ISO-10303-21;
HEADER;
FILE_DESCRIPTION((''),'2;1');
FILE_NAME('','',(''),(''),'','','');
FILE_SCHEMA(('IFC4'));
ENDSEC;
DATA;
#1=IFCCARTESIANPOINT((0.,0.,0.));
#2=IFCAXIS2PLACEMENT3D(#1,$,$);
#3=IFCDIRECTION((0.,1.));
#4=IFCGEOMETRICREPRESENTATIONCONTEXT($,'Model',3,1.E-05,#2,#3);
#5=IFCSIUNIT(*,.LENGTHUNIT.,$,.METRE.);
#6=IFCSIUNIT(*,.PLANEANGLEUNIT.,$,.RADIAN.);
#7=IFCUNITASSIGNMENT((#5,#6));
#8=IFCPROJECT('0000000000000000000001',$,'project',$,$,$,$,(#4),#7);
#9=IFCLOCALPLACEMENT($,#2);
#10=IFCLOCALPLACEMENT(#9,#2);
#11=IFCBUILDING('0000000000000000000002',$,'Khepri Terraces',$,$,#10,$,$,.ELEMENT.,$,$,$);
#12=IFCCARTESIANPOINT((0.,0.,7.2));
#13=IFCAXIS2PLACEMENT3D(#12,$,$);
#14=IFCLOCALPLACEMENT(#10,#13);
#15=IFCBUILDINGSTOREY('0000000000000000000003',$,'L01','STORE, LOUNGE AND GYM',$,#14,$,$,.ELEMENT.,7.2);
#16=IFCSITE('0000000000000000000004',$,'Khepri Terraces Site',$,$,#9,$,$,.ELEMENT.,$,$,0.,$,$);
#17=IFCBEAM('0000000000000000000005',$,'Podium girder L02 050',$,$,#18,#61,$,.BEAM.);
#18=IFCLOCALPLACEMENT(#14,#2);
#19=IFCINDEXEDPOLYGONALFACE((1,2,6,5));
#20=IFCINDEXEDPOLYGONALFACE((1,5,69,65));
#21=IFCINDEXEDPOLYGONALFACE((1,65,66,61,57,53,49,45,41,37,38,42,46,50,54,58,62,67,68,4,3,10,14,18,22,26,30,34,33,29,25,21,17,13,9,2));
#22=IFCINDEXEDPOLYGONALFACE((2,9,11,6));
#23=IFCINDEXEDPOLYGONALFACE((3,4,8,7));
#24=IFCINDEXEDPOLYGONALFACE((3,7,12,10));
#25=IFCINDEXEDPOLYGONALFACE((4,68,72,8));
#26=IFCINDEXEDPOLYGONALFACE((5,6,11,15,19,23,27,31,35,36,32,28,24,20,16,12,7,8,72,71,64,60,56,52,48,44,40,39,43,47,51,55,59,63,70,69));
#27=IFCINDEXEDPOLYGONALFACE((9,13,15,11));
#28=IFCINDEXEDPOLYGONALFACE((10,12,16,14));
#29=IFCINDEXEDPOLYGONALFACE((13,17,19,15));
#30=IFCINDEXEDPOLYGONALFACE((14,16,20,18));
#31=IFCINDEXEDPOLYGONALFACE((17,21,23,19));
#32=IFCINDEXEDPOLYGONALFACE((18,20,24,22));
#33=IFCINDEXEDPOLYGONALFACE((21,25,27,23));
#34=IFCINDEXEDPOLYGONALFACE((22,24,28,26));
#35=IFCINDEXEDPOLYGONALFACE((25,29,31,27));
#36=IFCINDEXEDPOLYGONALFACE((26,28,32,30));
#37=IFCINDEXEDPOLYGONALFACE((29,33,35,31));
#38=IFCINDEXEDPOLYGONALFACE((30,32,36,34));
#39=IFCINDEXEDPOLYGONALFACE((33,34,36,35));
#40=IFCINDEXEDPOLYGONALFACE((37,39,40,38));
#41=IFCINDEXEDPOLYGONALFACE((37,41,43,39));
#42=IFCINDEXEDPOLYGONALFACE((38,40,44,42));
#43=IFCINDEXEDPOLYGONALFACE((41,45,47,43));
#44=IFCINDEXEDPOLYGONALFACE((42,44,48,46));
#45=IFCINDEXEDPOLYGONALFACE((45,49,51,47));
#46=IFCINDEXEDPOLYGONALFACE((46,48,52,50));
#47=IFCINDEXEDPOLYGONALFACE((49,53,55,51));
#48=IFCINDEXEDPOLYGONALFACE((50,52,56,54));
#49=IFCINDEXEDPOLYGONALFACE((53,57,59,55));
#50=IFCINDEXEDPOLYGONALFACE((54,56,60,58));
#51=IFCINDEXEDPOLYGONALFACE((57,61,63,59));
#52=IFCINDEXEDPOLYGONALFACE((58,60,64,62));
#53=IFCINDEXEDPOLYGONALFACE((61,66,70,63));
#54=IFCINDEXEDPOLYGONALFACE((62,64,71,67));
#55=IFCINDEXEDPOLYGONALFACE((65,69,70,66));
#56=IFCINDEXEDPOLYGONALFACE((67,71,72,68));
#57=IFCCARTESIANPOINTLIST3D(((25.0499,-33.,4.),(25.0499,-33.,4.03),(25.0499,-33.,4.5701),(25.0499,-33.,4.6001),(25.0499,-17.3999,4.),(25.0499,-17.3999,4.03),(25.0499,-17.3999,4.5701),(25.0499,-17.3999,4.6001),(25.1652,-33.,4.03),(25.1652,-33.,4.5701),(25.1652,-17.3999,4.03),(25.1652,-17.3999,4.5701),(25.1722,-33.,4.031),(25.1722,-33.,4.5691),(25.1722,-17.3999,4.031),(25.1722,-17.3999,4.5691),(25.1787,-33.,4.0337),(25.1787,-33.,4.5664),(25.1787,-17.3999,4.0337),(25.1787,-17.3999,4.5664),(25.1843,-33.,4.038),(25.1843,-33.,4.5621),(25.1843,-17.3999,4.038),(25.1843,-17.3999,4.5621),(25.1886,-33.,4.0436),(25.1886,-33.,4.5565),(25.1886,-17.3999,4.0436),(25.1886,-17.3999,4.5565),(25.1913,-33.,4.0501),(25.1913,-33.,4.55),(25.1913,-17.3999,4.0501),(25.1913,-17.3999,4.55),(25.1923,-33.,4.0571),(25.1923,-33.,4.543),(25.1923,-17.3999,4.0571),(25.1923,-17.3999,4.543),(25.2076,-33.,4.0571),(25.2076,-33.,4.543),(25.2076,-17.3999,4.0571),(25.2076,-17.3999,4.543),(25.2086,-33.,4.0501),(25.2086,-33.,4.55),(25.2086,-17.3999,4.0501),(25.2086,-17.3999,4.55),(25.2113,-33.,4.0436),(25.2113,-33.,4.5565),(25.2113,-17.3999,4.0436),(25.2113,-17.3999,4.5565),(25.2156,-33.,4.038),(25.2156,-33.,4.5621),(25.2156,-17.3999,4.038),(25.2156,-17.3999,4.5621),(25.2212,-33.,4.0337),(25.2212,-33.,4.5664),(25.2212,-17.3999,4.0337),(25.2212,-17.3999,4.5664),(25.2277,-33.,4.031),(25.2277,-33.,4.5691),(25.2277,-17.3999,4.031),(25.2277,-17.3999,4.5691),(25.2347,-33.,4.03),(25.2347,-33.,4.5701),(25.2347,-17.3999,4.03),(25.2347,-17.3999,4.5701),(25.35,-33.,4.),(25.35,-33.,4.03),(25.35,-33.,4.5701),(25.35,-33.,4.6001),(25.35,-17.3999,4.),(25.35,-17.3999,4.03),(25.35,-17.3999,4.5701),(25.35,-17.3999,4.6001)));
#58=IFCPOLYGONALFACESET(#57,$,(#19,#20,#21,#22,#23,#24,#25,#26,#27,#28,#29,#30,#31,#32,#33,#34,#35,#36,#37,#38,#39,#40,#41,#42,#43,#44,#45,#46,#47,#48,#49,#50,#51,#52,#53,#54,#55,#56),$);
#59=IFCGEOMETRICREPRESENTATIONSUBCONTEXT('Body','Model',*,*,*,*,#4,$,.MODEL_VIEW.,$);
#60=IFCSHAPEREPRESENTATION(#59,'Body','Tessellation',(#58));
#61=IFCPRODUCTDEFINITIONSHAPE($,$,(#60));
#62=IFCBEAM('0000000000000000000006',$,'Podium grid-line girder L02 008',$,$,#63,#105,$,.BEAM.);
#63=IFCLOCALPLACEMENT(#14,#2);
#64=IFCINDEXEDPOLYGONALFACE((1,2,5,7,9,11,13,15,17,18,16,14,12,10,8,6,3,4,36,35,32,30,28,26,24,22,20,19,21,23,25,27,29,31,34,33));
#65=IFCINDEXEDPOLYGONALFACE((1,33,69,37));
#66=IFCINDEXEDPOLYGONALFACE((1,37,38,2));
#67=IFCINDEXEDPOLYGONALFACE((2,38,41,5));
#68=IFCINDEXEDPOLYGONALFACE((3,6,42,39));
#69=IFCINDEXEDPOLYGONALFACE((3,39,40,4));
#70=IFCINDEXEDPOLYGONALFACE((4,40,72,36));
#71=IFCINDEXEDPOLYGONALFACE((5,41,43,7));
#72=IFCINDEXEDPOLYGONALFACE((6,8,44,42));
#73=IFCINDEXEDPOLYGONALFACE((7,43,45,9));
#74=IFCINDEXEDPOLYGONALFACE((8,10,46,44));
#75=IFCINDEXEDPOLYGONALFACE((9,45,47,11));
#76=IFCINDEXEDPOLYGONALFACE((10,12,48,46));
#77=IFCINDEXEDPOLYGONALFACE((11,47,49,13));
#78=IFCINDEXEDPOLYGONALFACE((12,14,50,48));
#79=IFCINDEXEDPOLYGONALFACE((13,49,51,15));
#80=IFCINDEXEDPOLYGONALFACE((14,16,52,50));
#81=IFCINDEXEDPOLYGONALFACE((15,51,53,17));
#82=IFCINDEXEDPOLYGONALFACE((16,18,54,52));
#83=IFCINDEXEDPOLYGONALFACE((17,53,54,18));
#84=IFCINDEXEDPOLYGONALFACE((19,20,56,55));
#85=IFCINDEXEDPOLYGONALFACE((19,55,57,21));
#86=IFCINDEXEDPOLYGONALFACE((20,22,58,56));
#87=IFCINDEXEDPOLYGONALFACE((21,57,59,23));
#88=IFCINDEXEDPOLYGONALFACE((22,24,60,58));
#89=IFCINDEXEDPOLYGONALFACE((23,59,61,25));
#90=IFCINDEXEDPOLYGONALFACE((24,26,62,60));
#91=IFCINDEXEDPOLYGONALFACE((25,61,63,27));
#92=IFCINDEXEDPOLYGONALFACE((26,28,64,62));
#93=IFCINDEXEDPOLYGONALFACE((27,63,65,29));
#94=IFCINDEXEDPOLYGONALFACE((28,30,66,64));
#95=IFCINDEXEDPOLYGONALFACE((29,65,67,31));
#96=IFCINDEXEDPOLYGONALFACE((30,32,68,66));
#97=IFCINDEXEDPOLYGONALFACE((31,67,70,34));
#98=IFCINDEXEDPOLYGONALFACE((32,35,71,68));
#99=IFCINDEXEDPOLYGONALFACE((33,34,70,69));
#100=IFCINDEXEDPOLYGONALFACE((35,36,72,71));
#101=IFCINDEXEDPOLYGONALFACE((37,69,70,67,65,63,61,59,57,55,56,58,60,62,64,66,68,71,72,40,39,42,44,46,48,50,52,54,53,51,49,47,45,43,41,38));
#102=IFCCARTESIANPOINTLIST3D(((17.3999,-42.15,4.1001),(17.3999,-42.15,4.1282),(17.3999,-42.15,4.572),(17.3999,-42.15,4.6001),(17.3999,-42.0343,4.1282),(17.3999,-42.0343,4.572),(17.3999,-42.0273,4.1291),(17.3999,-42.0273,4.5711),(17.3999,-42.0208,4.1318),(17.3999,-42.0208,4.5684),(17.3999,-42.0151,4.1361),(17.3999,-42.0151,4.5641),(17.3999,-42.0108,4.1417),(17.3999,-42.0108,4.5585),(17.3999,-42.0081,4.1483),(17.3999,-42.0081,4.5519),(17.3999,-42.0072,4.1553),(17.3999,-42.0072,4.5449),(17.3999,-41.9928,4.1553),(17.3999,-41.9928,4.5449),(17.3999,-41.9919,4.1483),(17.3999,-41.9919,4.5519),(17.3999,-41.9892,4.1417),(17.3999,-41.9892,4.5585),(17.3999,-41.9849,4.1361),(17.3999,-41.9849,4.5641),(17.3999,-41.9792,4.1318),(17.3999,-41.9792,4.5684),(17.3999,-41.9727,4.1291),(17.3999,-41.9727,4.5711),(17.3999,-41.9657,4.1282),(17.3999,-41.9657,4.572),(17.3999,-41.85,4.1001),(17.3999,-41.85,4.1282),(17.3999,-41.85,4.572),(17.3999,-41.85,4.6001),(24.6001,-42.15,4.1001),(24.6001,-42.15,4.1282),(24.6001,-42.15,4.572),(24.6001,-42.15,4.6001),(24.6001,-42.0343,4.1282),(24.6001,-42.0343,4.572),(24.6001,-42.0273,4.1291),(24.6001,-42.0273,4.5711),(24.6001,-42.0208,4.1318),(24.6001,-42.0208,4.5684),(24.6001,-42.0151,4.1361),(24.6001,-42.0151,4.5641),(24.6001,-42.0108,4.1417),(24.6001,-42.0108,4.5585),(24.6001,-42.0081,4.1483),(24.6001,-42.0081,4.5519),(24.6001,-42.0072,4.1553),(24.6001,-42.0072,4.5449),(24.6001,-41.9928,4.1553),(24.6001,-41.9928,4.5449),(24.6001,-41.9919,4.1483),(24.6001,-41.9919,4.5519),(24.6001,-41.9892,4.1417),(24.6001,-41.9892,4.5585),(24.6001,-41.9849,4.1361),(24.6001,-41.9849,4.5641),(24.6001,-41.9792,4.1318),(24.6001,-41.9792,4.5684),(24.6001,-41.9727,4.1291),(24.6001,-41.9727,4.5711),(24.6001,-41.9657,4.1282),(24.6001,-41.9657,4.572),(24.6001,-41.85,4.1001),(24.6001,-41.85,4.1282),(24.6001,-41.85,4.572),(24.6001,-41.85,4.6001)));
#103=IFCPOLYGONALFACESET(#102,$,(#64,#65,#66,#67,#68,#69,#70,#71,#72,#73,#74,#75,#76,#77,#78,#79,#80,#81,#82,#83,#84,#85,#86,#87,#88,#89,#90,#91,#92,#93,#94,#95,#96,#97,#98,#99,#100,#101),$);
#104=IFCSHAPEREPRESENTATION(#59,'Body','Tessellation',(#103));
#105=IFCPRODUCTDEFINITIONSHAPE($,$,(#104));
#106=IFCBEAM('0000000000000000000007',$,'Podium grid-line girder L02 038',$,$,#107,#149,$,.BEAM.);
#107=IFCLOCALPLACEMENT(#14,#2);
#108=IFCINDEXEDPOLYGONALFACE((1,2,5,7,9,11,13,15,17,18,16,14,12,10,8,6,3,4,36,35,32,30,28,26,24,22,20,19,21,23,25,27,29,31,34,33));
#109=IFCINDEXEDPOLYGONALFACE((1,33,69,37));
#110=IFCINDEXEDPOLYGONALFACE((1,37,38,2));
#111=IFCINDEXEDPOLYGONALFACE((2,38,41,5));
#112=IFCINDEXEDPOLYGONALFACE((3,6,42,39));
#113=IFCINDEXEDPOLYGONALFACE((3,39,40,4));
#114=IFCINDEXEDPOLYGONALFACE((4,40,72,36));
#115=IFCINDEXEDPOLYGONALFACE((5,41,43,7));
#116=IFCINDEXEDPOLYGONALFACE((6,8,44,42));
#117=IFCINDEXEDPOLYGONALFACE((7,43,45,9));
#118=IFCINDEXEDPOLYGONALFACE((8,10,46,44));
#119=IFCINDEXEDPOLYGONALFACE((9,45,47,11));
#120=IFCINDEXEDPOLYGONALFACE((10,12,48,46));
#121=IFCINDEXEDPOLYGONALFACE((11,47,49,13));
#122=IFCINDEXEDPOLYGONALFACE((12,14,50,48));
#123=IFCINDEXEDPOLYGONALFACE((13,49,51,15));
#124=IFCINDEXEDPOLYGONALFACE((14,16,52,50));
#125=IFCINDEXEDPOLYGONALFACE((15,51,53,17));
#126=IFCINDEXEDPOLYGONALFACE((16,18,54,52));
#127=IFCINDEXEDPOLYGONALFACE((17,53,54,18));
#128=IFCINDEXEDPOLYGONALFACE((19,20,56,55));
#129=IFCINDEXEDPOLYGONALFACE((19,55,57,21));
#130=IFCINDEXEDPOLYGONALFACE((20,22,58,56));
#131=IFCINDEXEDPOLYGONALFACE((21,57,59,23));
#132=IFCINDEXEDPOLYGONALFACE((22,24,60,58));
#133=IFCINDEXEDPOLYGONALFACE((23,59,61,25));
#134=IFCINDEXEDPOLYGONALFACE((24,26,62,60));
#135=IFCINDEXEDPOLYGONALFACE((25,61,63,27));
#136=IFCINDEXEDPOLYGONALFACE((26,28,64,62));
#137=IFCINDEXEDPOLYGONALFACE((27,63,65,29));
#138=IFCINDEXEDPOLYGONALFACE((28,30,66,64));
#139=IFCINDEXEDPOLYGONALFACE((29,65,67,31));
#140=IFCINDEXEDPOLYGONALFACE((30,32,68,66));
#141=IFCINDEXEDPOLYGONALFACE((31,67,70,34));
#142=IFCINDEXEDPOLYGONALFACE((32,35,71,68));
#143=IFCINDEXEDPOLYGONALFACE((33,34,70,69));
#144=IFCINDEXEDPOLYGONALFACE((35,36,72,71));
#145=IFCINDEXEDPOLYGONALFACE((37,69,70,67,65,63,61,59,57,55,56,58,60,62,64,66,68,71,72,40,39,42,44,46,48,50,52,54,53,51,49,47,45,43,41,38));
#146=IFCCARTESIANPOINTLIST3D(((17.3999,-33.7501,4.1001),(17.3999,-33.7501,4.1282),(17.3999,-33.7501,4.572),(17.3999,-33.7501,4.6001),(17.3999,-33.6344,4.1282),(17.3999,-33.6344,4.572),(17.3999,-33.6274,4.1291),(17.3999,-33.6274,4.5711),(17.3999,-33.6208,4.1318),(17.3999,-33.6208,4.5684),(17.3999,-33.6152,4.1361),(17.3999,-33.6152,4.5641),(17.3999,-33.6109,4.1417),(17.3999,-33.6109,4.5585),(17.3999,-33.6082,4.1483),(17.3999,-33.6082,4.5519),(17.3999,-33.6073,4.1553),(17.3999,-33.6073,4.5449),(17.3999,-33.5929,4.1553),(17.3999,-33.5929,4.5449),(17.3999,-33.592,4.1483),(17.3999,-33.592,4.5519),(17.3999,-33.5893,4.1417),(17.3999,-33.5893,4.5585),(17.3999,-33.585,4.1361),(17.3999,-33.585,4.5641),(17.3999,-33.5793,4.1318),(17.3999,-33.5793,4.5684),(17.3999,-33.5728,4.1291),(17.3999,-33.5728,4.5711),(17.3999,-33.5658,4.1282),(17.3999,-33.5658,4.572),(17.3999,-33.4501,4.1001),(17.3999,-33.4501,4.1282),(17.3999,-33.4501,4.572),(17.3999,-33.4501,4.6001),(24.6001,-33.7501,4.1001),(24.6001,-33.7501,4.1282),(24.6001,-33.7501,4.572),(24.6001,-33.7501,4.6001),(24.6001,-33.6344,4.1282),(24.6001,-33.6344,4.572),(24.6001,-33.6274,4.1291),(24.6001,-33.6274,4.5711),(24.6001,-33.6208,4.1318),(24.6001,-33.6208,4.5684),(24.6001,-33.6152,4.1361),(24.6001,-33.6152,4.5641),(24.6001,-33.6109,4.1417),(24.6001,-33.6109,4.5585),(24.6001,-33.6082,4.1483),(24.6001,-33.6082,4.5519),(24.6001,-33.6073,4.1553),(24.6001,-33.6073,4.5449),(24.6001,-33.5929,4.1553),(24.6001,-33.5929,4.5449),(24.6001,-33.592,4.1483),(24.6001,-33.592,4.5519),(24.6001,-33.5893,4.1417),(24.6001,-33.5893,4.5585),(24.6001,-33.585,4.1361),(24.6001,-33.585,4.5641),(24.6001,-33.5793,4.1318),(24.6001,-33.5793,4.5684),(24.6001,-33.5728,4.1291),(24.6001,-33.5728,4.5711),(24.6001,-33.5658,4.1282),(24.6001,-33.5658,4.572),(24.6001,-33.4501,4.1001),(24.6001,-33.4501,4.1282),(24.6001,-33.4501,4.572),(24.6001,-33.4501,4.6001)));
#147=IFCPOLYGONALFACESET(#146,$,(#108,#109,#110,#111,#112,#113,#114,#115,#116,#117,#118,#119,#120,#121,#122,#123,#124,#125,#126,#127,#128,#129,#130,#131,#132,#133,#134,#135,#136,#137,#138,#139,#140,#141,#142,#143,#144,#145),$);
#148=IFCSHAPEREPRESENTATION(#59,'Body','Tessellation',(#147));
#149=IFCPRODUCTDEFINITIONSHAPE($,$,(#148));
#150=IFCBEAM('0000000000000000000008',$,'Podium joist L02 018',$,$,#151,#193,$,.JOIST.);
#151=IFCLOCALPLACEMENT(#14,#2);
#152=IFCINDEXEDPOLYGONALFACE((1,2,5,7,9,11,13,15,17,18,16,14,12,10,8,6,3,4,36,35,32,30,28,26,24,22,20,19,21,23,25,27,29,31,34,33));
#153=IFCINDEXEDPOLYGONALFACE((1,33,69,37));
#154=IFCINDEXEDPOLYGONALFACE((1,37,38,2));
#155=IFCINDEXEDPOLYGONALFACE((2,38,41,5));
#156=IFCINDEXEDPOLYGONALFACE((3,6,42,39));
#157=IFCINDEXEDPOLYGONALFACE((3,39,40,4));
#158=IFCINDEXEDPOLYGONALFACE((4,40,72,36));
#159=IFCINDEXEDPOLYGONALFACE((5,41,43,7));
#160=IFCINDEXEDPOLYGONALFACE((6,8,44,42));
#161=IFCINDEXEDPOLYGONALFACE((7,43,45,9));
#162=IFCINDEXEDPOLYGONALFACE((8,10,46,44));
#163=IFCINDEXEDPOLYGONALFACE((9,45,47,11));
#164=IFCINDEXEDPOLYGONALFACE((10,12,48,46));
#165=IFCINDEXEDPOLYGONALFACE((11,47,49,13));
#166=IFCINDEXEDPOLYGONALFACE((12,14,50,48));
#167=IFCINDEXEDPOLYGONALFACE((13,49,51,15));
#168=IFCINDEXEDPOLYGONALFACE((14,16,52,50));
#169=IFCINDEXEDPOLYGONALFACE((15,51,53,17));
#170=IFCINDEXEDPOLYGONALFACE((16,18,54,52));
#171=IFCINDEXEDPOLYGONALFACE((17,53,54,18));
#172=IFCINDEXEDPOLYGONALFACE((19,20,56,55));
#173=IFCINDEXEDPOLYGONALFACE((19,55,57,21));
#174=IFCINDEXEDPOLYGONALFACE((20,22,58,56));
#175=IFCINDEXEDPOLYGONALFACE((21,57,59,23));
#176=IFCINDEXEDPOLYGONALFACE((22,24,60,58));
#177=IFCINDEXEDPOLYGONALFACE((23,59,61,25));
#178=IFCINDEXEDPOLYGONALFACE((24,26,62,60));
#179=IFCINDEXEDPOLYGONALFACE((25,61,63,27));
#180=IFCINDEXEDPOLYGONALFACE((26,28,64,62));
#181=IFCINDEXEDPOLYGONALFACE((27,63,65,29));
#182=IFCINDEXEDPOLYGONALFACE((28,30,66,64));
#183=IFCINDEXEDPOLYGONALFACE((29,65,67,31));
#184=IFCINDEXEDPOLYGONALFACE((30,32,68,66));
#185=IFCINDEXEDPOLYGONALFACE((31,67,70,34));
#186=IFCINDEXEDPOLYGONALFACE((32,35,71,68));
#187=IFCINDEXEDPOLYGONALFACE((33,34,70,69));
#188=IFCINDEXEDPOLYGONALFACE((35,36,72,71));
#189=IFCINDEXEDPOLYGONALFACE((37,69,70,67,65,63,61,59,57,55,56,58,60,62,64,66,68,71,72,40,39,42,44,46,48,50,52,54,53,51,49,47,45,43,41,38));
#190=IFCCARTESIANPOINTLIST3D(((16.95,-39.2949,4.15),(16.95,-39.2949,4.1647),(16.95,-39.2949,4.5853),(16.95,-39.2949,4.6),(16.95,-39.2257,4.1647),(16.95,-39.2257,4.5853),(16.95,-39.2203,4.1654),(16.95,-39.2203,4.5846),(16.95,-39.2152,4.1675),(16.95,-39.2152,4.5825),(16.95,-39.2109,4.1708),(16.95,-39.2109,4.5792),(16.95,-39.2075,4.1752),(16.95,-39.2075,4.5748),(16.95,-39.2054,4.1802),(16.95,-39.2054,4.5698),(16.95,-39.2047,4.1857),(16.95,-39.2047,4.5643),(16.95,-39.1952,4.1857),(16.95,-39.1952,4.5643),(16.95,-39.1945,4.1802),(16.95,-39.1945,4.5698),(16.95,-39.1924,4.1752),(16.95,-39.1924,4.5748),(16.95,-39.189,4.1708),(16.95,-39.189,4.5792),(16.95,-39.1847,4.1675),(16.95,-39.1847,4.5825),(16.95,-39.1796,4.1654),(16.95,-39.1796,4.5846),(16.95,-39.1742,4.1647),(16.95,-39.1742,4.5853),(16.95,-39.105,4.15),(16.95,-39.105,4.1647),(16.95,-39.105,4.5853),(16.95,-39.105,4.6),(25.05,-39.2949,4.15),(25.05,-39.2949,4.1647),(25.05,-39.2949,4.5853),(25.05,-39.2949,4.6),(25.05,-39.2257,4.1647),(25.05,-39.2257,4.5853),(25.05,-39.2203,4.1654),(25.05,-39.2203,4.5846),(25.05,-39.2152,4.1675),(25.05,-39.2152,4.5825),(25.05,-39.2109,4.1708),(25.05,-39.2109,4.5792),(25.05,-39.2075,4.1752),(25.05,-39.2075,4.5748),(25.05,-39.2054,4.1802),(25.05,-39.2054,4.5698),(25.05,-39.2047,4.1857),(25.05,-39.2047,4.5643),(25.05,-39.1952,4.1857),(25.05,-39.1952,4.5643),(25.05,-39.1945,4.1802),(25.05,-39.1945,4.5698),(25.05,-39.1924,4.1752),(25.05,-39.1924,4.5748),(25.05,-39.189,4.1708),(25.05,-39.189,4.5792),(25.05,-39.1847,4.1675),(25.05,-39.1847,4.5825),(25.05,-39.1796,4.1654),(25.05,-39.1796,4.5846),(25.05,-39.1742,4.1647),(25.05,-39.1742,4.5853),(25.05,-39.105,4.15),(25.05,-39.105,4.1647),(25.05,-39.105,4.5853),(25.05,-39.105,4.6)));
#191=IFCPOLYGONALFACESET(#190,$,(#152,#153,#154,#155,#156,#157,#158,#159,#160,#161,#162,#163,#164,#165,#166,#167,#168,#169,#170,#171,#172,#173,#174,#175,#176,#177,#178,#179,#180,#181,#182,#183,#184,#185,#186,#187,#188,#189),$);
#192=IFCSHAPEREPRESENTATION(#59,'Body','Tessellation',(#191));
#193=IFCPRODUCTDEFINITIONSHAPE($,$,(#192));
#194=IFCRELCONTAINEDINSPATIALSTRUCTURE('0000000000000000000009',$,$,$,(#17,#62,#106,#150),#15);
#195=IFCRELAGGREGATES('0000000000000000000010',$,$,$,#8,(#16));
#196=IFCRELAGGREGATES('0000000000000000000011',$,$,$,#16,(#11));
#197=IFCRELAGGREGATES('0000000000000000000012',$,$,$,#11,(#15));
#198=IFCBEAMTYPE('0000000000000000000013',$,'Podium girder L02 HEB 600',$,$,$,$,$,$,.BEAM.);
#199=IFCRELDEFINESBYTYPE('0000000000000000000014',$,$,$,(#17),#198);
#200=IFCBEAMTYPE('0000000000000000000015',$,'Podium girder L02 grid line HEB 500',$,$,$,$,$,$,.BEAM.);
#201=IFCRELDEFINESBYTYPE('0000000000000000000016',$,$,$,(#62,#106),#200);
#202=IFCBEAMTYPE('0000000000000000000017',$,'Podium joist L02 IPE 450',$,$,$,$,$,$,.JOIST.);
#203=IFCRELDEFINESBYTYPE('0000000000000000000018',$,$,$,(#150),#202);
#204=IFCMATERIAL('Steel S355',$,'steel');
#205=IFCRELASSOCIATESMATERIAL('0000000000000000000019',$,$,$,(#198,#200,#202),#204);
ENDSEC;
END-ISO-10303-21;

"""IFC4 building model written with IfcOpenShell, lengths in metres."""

from ifc_helpers import new_model, si_unit, direction, frame, origin, origin_2d, place, context, subcontext, project, spatial, i_section, extrude, material, material_profile, profile_set, type_object, element, save


model = new_model("IFC4")

# Units and contexts
model_context = context("Model", 3, precision=1e-05, world=origin(), true_north=direction((0.0, 1.0)))
body_context = subcontext(model_context, "Body", "Model", "MODEL_VIEW")
ifc_project = project(units=[si_unit("LENGTHUNIT", "METRE"), si_unit("PLANEANGLEUNIT", "RADIAN")], contexts=[model_context])

# Site, building, storey
site_placement = place(None, origin())
site = spatial("IfcSite", under=ifc_project, at=site_placement, Name="Khepri Terraces Site", CompositionType="ELEMENT", RefElevation=0.0)
building_placement = place(site_placement, origin())
building = spatial("IfcBuilding", under=site, at=building_placement, Name="Khepri Terraces", CompositionType="ELEMENT")
storey_placement = place(building_placement, frame((0.0, 0.0, 7.2)))
storey = spatial("IfcBuildingStorey", under=building, at=storey_placement, Name="L01", Description="STORE, LOUNGE AND GYM", CompositionType="ELEMENT", Elevation=7.2)

# Beams
ifc_material_1 = material(Name="Steel S355", Category="steel")
ifc_material_profile_1 = material_profile(ifc_material_1, i_section(OverallWidth=0.3, OverallDepth=0.6001, WebThickness=0.0154, FlangeThickness=0.03, FilletRadius=0.0271, at=origin_2d()), Name="Steel S355", Category="steel")
ifc_profile_set_1 = profile_set([ifc_material_profile_1], Name="Steel S355")
beam_type_1 = type_object("IfcBeamType", Name="Podium girder L02 HEB 600", PredefinedType="BEAM", material=ifc_profile_set_1)
beam_1_placement = place(storey_placement, frame((25.2, -33.0, 4.3), z_axis=(0.0, 1.0, 0.0), x_axis=(-1.0, 0.0, 0.0)))
element("IfcBeam", 1, at=beam_1_placement, inside=storey, type_object=beam_type_1, Name="Podium girder L02 050", PredefinedType="BEAM", context=body_context, shape_type="SweptSolid", body=[
    extrude(i_section(OverallWidth=0.3, OverallDepth=0.6001, WebThickness=0.0154, FlangeThickness=0.03, FilletRadius=0.0271, at=origin_2d()), origin(), (0.0, 0.0, 1.0), 15.6001),
])
ifc_material_profile_2 = material_profile(ifc_material_1, i_section(OverallWidth=0.3, OverallDepth=0.5, WebThickness=0.0144, FlangeThickness=0.0281, FilletRadius=0.0271, at=origin_2d()), Name="Steel S355", Category="steel")
ifc_profile_set_2 = profile_set([ifc_material_profile_2], Name="Steel S355")
beam_type_2 = type_object("IfcBeamType", Name="Podium girder L02 grid line HEB 500", PredefinedType="BEAM", material=ifc_profile_set_2)
for number, where, z_axis, x_axis, name in (
    (2, (17.3999, -42.0, 4.3501), (1.0, 0.0, 0.0), (0.0, 1.0, 0.0), "Podium grid-line girder L02 008"),
    (3, (17.3999, -33.6001, 4.3501), (1.0, 0.0, 0.0), (0.0, 1.0, 0.0), "Podium grid-line girder L02 038"),
):
    element("IfcBeam", number, at=place(storey_placement, frame(where, z_axis=z_axis, x_axis=x_axis)), inside=storey, type_object=beam_type_2, Name=name, PredefinedType="BEAM", context=body_context, shape_type="SweptSolid", body=[
        extrude(i_section(OverallWidth=0.3, OverallDepth=0.5, WebThickness=0.0144, FlangeThickness=0.0281, FilletRadius=0.0271, at=origin_2d()), origin(), (0.0, 0.0, 1.0), 7.2002),
    ])
ifc_material_profile_3 = material_profile(ifc_material_1, i_section(OverallWidth=0.1899, OverallDepth=0.45, WebThickness=0.0095, FlangeThickness=0.0146, FilletRadius=0.021, at=origin_2d()), Name="Steel S355", Category="steel")
ifc_profile_set_3 = profile_set([ifc_material_profile_3], Name="Steel S355")
beam_type_3 = type_object("IfcBeamType", Name="Podium joist L02 IPE 450", PredefinedType="JOIST", material=ifc_profile_set_3)
for number, where, z_axis, x_axis, name in (
    (4, (16.95, -39.2, 4.375), (1.0, 0.0, 0.0), (0.0, 1.0, 0.0), "Podium joist L02 018"),
):
    element("IfcBeam", number, at=place(storey_placement, frame(where, z_axis=z_axis, x_axis=x_axis)), inside=storey, type_object=beam_type_3, Name=name, PredefinedType="JOIST", context=body_context, shape_type="SweptSolid", body=[
        extrude(i_section(OverallWidth=0.1899, OverallDepth=0.45, WebThickness=0.0095, FlangeThickness=0.0146, FilletRadius=0.021, at=origin_2d()), origin(), (0.0, 0.0, 1.0), 8.1001),
    ])

save(model, "model.ifc")
